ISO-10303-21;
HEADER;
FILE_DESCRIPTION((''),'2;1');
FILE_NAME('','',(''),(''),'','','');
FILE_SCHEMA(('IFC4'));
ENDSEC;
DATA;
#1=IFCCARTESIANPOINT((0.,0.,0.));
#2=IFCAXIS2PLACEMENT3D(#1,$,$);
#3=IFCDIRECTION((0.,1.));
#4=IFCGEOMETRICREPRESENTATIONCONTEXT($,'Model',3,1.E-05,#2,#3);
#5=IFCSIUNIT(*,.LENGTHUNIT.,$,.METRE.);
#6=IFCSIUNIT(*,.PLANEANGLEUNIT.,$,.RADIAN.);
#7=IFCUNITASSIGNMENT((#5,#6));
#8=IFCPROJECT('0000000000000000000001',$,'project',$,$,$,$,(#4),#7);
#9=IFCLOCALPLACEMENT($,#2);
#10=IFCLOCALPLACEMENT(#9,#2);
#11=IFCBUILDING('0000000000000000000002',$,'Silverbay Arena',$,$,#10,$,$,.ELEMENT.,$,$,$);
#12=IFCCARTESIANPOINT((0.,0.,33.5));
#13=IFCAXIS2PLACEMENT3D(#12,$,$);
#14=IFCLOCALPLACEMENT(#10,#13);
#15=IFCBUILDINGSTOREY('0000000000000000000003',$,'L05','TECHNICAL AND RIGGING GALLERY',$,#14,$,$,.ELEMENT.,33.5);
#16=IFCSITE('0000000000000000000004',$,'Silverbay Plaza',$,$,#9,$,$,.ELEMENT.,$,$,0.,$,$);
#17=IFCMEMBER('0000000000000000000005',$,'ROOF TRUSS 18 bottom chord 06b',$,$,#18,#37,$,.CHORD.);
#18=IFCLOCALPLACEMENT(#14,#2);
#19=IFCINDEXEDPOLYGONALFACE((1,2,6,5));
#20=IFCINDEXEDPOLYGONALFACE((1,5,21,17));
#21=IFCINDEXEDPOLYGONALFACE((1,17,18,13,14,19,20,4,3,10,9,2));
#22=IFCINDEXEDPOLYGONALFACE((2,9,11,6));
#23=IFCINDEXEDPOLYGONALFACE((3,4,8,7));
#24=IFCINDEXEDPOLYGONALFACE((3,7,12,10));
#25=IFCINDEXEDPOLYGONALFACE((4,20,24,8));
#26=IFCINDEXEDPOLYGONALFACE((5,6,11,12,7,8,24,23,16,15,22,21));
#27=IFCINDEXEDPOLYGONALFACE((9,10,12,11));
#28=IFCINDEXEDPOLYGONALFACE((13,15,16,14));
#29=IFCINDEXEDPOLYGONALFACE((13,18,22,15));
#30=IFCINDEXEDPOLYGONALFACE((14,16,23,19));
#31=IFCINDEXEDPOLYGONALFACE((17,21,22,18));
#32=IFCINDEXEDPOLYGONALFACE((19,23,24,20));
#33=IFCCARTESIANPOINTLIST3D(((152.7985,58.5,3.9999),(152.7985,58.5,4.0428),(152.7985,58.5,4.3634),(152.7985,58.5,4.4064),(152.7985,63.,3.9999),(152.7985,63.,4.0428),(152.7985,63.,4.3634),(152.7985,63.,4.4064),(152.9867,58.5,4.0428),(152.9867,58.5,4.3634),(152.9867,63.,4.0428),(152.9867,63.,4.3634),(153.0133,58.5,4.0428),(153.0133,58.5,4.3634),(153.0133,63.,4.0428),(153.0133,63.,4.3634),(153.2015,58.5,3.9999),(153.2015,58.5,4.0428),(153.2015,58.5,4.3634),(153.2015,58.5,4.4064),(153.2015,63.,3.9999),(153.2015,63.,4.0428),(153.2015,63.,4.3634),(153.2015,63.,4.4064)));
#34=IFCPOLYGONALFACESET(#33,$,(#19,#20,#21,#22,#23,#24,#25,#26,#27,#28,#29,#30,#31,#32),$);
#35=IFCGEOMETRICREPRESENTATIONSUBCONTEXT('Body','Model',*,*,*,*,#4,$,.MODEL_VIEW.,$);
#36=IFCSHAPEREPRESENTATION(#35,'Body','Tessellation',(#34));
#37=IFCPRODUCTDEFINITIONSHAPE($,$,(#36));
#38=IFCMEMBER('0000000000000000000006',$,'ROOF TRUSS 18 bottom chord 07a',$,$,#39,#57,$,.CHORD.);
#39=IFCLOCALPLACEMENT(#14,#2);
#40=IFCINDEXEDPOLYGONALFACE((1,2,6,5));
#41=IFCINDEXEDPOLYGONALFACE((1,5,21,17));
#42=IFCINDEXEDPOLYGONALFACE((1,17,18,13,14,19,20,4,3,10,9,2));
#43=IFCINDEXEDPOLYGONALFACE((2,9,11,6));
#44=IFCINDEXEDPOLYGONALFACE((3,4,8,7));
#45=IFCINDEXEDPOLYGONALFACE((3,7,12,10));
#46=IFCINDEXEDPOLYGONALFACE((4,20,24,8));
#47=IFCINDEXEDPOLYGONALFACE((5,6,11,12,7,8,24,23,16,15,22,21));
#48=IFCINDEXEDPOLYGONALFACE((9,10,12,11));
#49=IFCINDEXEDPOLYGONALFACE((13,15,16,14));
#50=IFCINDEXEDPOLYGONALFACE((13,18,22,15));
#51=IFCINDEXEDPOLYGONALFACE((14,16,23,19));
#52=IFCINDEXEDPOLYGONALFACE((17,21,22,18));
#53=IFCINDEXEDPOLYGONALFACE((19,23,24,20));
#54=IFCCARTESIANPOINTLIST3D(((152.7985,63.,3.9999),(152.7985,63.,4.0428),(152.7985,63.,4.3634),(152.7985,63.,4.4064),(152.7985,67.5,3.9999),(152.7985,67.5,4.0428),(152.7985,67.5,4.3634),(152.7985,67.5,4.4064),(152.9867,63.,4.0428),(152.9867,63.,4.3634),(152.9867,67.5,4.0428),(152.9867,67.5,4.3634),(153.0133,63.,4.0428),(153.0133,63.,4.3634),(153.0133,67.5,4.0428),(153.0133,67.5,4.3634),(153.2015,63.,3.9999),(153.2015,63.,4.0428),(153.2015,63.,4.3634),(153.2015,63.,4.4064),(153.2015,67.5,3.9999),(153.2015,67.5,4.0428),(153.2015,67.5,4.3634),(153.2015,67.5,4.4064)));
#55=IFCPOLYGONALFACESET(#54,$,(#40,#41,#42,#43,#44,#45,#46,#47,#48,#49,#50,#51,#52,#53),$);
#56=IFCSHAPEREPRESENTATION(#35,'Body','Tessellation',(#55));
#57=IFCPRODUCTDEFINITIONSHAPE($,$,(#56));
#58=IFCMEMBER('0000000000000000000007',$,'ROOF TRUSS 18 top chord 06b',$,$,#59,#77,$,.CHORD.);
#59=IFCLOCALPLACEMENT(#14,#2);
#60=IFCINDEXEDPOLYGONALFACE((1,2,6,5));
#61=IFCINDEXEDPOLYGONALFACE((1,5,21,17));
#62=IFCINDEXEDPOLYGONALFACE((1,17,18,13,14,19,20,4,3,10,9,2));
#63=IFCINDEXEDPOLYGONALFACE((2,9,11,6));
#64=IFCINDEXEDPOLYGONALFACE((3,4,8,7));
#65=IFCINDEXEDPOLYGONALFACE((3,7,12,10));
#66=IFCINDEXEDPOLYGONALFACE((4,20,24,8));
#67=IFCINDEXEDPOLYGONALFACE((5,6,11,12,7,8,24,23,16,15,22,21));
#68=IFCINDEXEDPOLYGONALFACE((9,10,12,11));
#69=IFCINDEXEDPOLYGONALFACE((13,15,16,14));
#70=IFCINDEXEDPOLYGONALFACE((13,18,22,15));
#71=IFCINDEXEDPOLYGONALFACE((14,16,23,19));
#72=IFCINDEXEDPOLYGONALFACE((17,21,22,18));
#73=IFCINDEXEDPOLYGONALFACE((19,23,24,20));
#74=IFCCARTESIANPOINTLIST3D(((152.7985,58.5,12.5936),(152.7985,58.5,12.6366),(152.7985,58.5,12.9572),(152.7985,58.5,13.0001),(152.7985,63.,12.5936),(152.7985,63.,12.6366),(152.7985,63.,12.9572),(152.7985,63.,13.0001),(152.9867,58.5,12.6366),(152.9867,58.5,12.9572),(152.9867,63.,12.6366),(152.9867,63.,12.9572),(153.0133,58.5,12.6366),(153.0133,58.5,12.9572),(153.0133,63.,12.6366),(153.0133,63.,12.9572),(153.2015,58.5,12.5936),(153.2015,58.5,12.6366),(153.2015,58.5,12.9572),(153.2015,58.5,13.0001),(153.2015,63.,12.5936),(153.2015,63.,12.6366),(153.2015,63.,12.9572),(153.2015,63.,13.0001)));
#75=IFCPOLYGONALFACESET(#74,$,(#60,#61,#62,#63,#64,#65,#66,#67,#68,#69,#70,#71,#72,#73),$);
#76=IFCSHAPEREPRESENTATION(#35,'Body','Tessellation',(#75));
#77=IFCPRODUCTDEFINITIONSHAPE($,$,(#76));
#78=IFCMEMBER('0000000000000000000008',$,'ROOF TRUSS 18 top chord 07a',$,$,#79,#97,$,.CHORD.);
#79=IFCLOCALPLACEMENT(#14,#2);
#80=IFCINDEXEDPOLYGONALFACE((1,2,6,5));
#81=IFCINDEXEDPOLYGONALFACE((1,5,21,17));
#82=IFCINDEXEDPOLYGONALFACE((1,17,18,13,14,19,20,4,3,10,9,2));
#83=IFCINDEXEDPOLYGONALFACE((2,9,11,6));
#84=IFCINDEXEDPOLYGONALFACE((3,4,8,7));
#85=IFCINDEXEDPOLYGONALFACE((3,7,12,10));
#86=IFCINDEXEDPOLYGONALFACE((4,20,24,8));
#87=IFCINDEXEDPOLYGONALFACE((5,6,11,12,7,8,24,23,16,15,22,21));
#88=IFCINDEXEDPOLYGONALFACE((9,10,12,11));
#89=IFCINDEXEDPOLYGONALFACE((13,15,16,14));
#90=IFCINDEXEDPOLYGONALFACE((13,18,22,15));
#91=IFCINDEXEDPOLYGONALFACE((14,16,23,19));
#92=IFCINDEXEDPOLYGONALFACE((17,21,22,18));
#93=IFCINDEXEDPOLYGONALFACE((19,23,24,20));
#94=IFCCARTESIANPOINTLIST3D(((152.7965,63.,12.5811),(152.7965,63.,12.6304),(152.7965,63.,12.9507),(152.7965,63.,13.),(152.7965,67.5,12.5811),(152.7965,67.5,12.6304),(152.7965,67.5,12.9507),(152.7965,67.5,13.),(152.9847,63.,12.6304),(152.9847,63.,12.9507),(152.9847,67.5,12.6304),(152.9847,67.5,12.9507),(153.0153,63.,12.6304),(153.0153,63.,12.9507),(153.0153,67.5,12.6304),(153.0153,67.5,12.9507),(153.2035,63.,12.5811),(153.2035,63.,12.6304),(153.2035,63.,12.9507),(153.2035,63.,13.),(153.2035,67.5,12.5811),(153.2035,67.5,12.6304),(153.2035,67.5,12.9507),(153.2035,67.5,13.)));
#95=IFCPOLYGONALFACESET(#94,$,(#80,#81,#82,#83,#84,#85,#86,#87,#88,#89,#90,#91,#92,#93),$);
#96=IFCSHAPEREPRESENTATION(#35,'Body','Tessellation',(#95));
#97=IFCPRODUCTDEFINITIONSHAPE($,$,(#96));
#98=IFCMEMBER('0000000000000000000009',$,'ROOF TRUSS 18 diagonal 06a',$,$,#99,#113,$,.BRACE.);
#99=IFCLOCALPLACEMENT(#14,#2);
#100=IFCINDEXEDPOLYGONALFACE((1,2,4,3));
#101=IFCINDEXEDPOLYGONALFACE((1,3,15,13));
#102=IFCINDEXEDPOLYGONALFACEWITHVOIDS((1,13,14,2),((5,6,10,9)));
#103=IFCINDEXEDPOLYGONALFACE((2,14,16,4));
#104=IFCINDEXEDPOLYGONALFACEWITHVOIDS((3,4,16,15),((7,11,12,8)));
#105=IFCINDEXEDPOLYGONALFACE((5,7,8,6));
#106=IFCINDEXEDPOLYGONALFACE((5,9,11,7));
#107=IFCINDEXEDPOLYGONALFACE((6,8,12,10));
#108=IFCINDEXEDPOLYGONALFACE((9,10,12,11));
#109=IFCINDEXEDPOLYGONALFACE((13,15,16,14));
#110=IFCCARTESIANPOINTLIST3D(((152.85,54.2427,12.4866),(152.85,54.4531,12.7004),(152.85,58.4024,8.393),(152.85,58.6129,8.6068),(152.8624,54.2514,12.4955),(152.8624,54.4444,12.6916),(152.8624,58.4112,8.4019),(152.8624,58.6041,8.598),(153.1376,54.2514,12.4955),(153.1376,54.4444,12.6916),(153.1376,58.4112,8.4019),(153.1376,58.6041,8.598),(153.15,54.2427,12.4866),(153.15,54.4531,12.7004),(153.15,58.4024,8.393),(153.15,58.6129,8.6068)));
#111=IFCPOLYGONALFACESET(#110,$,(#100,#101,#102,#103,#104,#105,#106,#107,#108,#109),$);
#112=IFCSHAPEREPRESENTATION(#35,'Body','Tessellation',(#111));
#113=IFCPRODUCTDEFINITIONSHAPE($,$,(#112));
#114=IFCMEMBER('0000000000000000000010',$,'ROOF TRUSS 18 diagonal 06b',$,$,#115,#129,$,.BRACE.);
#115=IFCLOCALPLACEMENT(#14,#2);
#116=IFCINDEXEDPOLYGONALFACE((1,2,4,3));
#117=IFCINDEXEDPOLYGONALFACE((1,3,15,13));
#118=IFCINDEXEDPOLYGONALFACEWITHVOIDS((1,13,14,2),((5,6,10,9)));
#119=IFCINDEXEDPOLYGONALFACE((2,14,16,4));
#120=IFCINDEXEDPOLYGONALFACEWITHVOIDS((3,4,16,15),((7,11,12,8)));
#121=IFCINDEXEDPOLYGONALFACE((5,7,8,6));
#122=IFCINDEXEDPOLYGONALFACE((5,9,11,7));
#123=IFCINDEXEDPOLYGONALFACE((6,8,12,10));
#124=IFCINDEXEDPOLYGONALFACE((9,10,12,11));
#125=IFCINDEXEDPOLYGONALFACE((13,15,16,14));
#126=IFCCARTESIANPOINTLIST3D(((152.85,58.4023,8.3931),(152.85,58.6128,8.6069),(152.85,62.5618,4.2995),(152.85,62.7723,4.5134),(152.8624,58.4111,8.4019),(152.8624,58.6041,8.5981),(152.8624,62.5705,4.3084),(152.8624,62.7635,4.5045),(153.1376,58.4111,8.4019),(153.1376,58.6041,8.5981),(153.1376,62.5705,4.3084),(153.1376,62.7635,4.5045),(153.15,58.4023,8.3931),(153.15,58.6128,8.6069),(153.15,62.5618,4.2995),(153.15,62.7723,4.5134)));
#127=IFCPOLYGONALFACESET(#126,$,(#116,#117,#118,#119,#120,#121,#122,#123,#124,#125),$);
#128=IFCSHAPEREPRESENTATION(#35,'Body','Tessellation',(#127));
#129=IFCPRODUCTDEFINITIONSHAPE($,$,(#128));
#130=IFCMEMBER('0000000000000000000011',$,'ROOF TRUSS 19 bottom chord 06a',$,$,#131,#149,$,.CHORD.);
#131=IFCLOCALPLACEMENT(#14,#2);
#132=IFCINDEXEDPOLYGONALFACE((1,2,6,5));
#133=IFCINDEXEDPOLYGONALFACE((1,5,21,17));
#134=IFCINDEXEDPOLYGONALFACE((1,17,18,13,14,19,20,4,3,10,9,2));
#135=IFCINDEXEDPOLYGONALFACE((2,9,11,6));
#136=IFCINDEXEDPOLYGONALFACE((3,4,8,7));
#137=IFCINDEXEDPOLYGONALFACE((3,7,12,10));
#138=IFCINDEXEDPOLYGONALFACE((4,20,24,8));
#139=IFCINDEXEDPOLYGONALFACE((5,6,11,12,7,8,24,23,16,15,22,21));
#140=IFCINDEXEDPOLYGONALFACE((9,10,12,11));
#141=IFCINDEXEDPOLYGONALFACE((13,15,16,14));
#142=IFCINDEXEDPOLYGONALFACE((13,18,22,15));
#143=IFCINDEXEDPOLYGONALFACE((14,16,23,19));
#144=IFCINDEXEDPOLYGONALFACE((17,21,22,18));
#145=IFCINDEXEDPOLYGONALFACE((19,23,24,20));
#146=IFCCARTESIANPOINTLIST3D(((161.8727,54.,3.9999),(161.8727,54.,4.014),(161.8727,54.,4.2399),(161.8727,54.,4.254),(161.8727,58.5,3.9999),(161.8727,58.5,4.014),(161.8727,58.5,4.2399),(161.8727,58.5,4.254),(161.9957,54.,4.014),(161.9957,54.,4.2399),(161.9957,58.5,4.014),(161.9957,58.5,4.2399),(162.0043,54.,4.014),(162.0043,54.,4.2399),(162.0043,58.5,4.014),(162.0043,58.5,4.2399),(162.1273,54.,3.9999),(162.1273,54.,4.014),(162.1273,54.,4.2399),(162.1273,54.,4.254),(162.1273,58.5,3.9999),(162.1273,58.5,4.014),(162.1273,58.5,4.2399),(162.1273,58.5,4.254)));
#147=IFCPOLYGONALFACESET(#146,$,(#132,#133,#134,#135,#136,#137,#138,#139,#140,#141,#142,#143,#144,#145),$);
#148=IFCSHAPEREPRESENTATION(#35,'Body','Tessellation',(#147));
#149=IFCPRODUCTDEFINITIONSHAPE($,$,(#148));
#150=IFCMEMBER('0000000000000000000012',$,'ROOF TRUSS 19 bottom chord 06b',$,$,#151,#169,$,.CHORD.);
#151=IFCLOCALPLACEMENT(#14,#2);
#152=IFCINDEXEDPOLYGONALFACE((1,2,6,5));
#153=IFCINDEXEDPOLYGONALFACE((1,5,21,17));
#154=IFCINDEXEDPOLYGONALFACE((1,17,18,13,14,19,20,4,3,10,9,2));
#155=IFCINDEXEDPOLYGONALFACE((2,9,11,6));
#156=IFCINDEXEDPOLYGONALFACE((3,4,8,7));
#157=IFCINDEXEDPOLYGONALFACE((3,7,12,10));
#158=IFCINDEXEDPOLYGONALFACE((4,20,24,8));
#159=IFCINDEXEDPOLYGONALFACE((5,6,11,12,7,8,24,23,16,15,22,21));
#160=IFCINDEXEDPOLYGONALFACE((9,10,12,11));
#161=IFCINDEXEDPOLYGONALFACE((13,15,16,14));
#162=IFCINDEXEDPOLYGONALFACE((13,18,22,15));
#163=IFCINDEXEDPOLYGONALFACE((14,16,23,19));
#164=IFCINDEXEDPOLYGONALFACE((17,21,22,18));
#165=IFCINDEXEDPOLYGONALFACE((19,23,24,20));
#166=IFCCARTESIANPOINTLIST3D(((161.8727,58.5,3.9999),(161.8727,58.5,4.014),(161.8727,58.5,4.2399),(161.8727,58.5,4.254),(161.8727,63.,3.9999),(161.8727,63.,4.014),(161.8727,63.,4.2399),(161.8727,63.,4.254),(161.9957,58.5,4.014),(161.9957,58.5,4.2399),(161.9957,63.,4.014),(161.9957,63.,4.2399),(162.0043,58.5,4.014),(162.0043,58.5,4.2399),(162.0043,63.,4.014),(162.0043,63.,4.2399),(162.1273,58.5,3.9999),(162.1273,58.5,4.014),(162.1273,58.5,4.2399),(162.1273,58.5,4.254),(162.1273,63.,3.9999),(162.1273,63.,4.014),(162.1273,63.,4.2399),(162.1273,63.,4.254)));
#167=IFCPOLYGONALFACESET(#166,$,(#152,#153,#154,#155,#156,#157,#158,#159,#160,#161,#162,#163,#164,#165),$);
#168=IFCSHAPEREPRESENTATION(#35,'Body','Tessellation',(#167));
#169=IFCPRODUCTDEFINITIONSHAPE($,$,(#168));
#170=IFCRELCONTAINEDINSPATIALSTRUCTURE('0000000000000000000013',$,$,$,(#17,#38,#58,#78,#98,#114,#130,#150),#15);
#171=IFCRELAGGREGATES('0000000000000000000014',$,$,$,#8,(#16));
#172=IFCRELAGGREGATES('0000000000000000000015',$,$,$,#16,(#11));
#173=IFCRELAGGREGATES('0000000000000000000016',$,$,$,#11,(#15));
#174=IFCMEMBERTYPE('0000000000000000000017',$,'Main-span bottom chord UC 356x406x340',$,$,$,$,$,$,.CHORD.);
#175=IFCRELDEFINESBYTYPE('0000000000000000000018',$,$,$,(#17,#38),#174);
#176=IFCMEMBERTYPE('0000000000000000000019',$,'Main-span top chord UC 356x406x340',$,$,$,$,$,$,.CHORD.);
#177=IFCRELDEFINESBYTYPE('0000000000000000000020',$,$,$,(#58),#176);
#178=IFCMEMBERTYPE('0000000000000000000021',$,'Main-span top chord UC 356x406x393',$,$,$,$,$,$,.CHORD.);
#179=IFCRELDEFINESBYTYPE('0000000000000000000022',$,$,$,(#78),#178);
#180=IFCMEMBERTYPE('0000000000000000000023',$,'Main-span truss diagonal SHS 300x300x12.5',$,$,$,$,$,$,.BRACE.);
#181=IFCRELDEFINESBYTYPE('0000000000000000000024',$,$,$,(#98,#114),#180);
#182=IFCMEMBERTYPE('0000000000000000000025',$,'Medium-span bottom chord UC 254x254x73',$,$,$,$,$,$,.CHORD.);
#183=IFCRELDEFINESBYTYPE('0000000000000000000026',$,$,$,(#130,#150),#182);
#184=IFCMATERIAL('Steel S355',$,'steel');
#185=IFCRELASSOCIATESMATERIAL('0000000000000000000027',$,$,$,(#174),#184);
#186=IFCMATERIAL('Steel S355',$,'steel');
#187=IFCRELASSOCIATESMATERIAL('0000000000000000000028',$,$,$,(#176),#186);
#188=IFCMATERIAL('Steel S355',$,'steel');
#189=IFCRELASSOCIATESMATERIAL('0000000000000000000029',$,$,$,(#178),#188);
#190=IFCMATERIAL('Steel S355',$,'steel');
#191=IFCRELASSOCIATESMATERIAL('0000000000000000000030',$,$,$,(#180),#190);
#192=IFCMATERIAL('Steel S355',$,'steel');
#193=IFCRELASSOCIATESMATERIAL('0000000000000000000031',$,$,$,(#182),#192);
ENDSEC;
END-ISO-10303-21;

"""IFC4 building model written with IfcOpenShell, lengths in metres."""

from ifc_helpers import new_model, si_unit, direction, frame, origin, origin_2d, place, context, subcontext, project, spatial, hollow_rectangle, i_section, extrude, material, material_profile, profile_set, type_object, element, save


model = new_model("IFC4")

# Units and contexts
model_context = context("Model", 3, precision=1e-05, world=origin(), true_north=direction((0.0, 1.0)))
body_context = subcontext(model_context, "Body", "Model", "MODEL_VIEW")
ifc_project = project(units=[si_unit("LENGTHUNIT", "METRE"), si_unit("PLANEANGLEUNIT", "RADIAN")], contexts=[model_context])

# Site, building, storey
site_placement = place(None, origin())
site = spatial("IfcSite", under=ifc_project, at=site_placement, Name="Silverbay Plaza", CompositionType="ELEMENT", RefElevation=0.0)
building_placement = place(site_placement, origin())
building = spatial("IfcBuilding", under=site, at=building_placement, Name="Silverbay Arena", CompositionType="ELEMENT")
storey_placement = place(building_placement, frame((0.0, 0.0, 33.5)))
storey = spatial("IfcBuildingStorey", under=building, at=storey_placement, Name="L05", Description="TECHNICAL AND RIGGING GALLERY", CompositionType="ELEMENT", Elevation=33.5)

# Members
ifc_material_1 = material(Name="Steel S355", Category="steel")
ifc_material_profile_1 = material_profile(ifc_material_1, i_section(OverallWidth=0.4031, OverallDepth=0.4065, WebThickness=0.0266, FlangeThickness=0.043, at=origin_2d()), Name="UC 356x406x340")
ifc_profile_set_1 = profile_set([ifc_material_profile_1], Name="Steel S355")
member_type_1 = type_object("IfcMemberType", Name="Main-span bottom chord UC 356x406x340", PredefinedType="CHORD", material=ifc_profile_set_1)
for number, where, z_axis, x_axis, name in (
    (1, (153.0, 58.5, 4.2031), (0.0, 1.0, 0.0), (-1.0, 0.0, 0.0), "ROOF TRUSS 18 bottom chord 06b"),
    (2, (153.0, 63.0, 4.2031), (0.0, 1.0, 0.0), (-1.0, 0.0, 0.0), "ROOF TRUSS 18 bottom chord 07a"),
):
    element("IfcMember", number, at=place(storey_placement, frame(where, z_axis=z_axis, x_axis=x_axis)), inside=storey, type_object=member_type_1, Name=name, PredefinedType="CHORD", context=body_context, shape_type="SweptSolid", body=[
        extrude(i_section(OverallWidth=0.4031, OverallDepth=0.4065, WebThickness=0.0266, FlangeThickness=0.043, at=origin_2d()), origin(), (0.0, 0.0, 1.0), 4.5),
    ])
ifc_material_2 = material(Name="Steel S355", Category="steel")
ifc_material_profile_2 = material_profile(ifc_material_2, i_section(OverallWidth=0.4031, OverallDepth=0.4065, WebThickness=0.0266, FlangeThickness=0.043, at=origin_2d()), Name="UC 356x406x340")
ifc_profile_set_2 = profile_set([ifc_material_profile_2], Name="Steel S355")
member_type_2 = type_object("IfcMemberType", Name="Main-span top chord UC 356x406x340", PredefinedType="CHORD", material=ifc_profile_set_2)
member_1_placement = place(storey_placement, frame((153.0, 58.5, 12.7969), z_axis=(0.0, 1.0, 0.0), x_axis=(-1.0, 0.0, 0.0)))
element("IfcMember", 3, at=member_1_placement, inside=storey, type_object=member_type_2, Name="ROOF TRUSS 18 top chord 06b", PredefinedType="CHORD", context=body_context, shape_type="SweptSolid", body=[
    extrude(i_section(OverallWidth=0.4031, OverallDepth=0.4065, WebThickness=0.0266, FlangeThickness=0.043, at=origin_2d()), origin(), (0.0, 0.0, 1.0), 4.5),
])
ifc_material_3 = material(Name="Steel S355", Category="steel")
ifc_material_profile_3 = material_profile(ifc_material_3, i_section(OverallWidth=0.407, OverallDepth=0.4189, WebThickness=0.0305, FlangeThickness=0.0493, at=origin_2d()), Name="UC 356x406x393")
ifc_profile_set_3 = profile_set([ifc_material_profile_3], Name="Steel S355")
member_type_3 = type_object("IfcMemberType", Name="Main-span top chord UC 356x406x393", PredefinedType="CHORD", material=ifc_profile_set_3)
member_2_placement = place(storey_placement, frame((153.0, 63.0, 12.7905), z_axis=(0.0, 1.0, 0.0), x_axis=(-1.0, 0.0, 0.0)))
element("IfcMember", 4, at=member_2_placement, inside=storey, type_object=member_type_3, Name="ROOF TRUSS 18 top chord 07a", PredefinedType="CHORD", context=body_context, shape_type="SweptSolid", body=[
    extrude(i_section(OverallWidth=0.407, OverallDepth=0.4189, WebThickness=0.0305, FlangeThickness=0.0493, at=origin_2d()), origin(), (0.0, 0.0, 1.0), 4.5),
])
ifc_material_4 = material(Name="Steel S355", Category="steel")
ifc_material_profile_4 = material_profile(ifc_material_4, hollow_rectangle(XDim=0.3, YDim=0.3, WallThickness=0.0125, at=origin_2d()), Name="SHS 300x300x12.5")
ifc_profile_set_4 = profile_set([ifc_material_profile_4], Name="Steel S355")
member_type_4 = type_object("IfcMemberType", Name="Main-span truss diagonal SHS 300x300x12.5", PredefinedType="BRACE", material=ifc_profile_set_4)
member_3_placement = place(storey_placement, frame((153.0, 54.3479, 12.5935), z_axis=(0.0, 0.712752, -0.701416), x_axis=(-1.0, 0.0, 0.0)))
element("IfcMember", 5, at=member_3_placement, inside=storey, type_object=member_type_4, Name="ROOF TRUSS 18 diagonal 06a", PredefinedType="BRACE", context=body_context, shape_type="SweptSolid", body=[
    extrude(hollow_rectangle(XDim=0.3, YDim=0.3, WallThickness=0.0125, at=origin_2d()), origin(), (0.0, 0.0, 1.0), 5.8362),
])
member_4_placement = place(storey_placement, frame((153.0, 58.5076, 8.5), z_axis=(0.0, 0.712732, -0.701437), x_axis=(-1.0, 0.0, 0.0)))
element("IfcMember", 6, at=member_4_placement, inside=storey, type_object=member_type_4, Name="ROOF TRUSS 18 diagonal 06b", PredefinedType="BRACE", context=body_context, shape_type="SweptSolid", body=[
    extrude(hollow_rectangle(XDim=0.3, YDim=0.3, WallThickness=0.0125, at=origin_2d()), origin(), (0.0, 0.0, 1.0), 5.8359),
])
ifc_material_5 = material(Name="Steel S355", Category="steel")
ifc_material_profile_5 = material_profile(ifc_material_5, i_section(OverallWidth=0.2546, OverallDepth=0.2542, WebThickness=0.0085, FlangeThickness=0.0142, at=origin_2d()), Name="UC 254x254x73")
ifc_profile_set_5 = profile_set([ifc_material_profile_5], Name="Steel S355")
member_type_5 = type_object("IfcMemberType", Name="Medium-span bottom chord UC 254x254x73", PredefinedType="CHORD", material=ifc_profile_set_5)
for number, where, z_axis, x_axis, name in (
    (7, (162.0, 54.0, 4.127), (0.0, 1.0, 0.0), (-1.0, 0.0, 0.0), "ROOF TRUSS 19 bottom chord 06a"),
    (8, (162.0, 58.5, 4.127), (0.0, 1.0, 0.0), (-1.0, 0.0, 0.0), "ROOF TRUSS 19 bottom chord 06b"),
):
    element("IfcMember", number, at=place(storey_placement, frame(where, z_axis=z_axis, x_axis=x_axis)), inside=storey, type_object=member_type_5, Name=name, PredefinedType="CHORD", context=body_context, shape_type="SweptSolid", body=[
        extrude(i_section(OverallWidth=0.2546, OverallDepth=0.2542, WebThickness=0.0085, FlangeThickness=0.0142, at=origin_2d()), origin(), (0.0, 0.0, 1.0), 4.5),
    ])

save(model, "model.ifc")
